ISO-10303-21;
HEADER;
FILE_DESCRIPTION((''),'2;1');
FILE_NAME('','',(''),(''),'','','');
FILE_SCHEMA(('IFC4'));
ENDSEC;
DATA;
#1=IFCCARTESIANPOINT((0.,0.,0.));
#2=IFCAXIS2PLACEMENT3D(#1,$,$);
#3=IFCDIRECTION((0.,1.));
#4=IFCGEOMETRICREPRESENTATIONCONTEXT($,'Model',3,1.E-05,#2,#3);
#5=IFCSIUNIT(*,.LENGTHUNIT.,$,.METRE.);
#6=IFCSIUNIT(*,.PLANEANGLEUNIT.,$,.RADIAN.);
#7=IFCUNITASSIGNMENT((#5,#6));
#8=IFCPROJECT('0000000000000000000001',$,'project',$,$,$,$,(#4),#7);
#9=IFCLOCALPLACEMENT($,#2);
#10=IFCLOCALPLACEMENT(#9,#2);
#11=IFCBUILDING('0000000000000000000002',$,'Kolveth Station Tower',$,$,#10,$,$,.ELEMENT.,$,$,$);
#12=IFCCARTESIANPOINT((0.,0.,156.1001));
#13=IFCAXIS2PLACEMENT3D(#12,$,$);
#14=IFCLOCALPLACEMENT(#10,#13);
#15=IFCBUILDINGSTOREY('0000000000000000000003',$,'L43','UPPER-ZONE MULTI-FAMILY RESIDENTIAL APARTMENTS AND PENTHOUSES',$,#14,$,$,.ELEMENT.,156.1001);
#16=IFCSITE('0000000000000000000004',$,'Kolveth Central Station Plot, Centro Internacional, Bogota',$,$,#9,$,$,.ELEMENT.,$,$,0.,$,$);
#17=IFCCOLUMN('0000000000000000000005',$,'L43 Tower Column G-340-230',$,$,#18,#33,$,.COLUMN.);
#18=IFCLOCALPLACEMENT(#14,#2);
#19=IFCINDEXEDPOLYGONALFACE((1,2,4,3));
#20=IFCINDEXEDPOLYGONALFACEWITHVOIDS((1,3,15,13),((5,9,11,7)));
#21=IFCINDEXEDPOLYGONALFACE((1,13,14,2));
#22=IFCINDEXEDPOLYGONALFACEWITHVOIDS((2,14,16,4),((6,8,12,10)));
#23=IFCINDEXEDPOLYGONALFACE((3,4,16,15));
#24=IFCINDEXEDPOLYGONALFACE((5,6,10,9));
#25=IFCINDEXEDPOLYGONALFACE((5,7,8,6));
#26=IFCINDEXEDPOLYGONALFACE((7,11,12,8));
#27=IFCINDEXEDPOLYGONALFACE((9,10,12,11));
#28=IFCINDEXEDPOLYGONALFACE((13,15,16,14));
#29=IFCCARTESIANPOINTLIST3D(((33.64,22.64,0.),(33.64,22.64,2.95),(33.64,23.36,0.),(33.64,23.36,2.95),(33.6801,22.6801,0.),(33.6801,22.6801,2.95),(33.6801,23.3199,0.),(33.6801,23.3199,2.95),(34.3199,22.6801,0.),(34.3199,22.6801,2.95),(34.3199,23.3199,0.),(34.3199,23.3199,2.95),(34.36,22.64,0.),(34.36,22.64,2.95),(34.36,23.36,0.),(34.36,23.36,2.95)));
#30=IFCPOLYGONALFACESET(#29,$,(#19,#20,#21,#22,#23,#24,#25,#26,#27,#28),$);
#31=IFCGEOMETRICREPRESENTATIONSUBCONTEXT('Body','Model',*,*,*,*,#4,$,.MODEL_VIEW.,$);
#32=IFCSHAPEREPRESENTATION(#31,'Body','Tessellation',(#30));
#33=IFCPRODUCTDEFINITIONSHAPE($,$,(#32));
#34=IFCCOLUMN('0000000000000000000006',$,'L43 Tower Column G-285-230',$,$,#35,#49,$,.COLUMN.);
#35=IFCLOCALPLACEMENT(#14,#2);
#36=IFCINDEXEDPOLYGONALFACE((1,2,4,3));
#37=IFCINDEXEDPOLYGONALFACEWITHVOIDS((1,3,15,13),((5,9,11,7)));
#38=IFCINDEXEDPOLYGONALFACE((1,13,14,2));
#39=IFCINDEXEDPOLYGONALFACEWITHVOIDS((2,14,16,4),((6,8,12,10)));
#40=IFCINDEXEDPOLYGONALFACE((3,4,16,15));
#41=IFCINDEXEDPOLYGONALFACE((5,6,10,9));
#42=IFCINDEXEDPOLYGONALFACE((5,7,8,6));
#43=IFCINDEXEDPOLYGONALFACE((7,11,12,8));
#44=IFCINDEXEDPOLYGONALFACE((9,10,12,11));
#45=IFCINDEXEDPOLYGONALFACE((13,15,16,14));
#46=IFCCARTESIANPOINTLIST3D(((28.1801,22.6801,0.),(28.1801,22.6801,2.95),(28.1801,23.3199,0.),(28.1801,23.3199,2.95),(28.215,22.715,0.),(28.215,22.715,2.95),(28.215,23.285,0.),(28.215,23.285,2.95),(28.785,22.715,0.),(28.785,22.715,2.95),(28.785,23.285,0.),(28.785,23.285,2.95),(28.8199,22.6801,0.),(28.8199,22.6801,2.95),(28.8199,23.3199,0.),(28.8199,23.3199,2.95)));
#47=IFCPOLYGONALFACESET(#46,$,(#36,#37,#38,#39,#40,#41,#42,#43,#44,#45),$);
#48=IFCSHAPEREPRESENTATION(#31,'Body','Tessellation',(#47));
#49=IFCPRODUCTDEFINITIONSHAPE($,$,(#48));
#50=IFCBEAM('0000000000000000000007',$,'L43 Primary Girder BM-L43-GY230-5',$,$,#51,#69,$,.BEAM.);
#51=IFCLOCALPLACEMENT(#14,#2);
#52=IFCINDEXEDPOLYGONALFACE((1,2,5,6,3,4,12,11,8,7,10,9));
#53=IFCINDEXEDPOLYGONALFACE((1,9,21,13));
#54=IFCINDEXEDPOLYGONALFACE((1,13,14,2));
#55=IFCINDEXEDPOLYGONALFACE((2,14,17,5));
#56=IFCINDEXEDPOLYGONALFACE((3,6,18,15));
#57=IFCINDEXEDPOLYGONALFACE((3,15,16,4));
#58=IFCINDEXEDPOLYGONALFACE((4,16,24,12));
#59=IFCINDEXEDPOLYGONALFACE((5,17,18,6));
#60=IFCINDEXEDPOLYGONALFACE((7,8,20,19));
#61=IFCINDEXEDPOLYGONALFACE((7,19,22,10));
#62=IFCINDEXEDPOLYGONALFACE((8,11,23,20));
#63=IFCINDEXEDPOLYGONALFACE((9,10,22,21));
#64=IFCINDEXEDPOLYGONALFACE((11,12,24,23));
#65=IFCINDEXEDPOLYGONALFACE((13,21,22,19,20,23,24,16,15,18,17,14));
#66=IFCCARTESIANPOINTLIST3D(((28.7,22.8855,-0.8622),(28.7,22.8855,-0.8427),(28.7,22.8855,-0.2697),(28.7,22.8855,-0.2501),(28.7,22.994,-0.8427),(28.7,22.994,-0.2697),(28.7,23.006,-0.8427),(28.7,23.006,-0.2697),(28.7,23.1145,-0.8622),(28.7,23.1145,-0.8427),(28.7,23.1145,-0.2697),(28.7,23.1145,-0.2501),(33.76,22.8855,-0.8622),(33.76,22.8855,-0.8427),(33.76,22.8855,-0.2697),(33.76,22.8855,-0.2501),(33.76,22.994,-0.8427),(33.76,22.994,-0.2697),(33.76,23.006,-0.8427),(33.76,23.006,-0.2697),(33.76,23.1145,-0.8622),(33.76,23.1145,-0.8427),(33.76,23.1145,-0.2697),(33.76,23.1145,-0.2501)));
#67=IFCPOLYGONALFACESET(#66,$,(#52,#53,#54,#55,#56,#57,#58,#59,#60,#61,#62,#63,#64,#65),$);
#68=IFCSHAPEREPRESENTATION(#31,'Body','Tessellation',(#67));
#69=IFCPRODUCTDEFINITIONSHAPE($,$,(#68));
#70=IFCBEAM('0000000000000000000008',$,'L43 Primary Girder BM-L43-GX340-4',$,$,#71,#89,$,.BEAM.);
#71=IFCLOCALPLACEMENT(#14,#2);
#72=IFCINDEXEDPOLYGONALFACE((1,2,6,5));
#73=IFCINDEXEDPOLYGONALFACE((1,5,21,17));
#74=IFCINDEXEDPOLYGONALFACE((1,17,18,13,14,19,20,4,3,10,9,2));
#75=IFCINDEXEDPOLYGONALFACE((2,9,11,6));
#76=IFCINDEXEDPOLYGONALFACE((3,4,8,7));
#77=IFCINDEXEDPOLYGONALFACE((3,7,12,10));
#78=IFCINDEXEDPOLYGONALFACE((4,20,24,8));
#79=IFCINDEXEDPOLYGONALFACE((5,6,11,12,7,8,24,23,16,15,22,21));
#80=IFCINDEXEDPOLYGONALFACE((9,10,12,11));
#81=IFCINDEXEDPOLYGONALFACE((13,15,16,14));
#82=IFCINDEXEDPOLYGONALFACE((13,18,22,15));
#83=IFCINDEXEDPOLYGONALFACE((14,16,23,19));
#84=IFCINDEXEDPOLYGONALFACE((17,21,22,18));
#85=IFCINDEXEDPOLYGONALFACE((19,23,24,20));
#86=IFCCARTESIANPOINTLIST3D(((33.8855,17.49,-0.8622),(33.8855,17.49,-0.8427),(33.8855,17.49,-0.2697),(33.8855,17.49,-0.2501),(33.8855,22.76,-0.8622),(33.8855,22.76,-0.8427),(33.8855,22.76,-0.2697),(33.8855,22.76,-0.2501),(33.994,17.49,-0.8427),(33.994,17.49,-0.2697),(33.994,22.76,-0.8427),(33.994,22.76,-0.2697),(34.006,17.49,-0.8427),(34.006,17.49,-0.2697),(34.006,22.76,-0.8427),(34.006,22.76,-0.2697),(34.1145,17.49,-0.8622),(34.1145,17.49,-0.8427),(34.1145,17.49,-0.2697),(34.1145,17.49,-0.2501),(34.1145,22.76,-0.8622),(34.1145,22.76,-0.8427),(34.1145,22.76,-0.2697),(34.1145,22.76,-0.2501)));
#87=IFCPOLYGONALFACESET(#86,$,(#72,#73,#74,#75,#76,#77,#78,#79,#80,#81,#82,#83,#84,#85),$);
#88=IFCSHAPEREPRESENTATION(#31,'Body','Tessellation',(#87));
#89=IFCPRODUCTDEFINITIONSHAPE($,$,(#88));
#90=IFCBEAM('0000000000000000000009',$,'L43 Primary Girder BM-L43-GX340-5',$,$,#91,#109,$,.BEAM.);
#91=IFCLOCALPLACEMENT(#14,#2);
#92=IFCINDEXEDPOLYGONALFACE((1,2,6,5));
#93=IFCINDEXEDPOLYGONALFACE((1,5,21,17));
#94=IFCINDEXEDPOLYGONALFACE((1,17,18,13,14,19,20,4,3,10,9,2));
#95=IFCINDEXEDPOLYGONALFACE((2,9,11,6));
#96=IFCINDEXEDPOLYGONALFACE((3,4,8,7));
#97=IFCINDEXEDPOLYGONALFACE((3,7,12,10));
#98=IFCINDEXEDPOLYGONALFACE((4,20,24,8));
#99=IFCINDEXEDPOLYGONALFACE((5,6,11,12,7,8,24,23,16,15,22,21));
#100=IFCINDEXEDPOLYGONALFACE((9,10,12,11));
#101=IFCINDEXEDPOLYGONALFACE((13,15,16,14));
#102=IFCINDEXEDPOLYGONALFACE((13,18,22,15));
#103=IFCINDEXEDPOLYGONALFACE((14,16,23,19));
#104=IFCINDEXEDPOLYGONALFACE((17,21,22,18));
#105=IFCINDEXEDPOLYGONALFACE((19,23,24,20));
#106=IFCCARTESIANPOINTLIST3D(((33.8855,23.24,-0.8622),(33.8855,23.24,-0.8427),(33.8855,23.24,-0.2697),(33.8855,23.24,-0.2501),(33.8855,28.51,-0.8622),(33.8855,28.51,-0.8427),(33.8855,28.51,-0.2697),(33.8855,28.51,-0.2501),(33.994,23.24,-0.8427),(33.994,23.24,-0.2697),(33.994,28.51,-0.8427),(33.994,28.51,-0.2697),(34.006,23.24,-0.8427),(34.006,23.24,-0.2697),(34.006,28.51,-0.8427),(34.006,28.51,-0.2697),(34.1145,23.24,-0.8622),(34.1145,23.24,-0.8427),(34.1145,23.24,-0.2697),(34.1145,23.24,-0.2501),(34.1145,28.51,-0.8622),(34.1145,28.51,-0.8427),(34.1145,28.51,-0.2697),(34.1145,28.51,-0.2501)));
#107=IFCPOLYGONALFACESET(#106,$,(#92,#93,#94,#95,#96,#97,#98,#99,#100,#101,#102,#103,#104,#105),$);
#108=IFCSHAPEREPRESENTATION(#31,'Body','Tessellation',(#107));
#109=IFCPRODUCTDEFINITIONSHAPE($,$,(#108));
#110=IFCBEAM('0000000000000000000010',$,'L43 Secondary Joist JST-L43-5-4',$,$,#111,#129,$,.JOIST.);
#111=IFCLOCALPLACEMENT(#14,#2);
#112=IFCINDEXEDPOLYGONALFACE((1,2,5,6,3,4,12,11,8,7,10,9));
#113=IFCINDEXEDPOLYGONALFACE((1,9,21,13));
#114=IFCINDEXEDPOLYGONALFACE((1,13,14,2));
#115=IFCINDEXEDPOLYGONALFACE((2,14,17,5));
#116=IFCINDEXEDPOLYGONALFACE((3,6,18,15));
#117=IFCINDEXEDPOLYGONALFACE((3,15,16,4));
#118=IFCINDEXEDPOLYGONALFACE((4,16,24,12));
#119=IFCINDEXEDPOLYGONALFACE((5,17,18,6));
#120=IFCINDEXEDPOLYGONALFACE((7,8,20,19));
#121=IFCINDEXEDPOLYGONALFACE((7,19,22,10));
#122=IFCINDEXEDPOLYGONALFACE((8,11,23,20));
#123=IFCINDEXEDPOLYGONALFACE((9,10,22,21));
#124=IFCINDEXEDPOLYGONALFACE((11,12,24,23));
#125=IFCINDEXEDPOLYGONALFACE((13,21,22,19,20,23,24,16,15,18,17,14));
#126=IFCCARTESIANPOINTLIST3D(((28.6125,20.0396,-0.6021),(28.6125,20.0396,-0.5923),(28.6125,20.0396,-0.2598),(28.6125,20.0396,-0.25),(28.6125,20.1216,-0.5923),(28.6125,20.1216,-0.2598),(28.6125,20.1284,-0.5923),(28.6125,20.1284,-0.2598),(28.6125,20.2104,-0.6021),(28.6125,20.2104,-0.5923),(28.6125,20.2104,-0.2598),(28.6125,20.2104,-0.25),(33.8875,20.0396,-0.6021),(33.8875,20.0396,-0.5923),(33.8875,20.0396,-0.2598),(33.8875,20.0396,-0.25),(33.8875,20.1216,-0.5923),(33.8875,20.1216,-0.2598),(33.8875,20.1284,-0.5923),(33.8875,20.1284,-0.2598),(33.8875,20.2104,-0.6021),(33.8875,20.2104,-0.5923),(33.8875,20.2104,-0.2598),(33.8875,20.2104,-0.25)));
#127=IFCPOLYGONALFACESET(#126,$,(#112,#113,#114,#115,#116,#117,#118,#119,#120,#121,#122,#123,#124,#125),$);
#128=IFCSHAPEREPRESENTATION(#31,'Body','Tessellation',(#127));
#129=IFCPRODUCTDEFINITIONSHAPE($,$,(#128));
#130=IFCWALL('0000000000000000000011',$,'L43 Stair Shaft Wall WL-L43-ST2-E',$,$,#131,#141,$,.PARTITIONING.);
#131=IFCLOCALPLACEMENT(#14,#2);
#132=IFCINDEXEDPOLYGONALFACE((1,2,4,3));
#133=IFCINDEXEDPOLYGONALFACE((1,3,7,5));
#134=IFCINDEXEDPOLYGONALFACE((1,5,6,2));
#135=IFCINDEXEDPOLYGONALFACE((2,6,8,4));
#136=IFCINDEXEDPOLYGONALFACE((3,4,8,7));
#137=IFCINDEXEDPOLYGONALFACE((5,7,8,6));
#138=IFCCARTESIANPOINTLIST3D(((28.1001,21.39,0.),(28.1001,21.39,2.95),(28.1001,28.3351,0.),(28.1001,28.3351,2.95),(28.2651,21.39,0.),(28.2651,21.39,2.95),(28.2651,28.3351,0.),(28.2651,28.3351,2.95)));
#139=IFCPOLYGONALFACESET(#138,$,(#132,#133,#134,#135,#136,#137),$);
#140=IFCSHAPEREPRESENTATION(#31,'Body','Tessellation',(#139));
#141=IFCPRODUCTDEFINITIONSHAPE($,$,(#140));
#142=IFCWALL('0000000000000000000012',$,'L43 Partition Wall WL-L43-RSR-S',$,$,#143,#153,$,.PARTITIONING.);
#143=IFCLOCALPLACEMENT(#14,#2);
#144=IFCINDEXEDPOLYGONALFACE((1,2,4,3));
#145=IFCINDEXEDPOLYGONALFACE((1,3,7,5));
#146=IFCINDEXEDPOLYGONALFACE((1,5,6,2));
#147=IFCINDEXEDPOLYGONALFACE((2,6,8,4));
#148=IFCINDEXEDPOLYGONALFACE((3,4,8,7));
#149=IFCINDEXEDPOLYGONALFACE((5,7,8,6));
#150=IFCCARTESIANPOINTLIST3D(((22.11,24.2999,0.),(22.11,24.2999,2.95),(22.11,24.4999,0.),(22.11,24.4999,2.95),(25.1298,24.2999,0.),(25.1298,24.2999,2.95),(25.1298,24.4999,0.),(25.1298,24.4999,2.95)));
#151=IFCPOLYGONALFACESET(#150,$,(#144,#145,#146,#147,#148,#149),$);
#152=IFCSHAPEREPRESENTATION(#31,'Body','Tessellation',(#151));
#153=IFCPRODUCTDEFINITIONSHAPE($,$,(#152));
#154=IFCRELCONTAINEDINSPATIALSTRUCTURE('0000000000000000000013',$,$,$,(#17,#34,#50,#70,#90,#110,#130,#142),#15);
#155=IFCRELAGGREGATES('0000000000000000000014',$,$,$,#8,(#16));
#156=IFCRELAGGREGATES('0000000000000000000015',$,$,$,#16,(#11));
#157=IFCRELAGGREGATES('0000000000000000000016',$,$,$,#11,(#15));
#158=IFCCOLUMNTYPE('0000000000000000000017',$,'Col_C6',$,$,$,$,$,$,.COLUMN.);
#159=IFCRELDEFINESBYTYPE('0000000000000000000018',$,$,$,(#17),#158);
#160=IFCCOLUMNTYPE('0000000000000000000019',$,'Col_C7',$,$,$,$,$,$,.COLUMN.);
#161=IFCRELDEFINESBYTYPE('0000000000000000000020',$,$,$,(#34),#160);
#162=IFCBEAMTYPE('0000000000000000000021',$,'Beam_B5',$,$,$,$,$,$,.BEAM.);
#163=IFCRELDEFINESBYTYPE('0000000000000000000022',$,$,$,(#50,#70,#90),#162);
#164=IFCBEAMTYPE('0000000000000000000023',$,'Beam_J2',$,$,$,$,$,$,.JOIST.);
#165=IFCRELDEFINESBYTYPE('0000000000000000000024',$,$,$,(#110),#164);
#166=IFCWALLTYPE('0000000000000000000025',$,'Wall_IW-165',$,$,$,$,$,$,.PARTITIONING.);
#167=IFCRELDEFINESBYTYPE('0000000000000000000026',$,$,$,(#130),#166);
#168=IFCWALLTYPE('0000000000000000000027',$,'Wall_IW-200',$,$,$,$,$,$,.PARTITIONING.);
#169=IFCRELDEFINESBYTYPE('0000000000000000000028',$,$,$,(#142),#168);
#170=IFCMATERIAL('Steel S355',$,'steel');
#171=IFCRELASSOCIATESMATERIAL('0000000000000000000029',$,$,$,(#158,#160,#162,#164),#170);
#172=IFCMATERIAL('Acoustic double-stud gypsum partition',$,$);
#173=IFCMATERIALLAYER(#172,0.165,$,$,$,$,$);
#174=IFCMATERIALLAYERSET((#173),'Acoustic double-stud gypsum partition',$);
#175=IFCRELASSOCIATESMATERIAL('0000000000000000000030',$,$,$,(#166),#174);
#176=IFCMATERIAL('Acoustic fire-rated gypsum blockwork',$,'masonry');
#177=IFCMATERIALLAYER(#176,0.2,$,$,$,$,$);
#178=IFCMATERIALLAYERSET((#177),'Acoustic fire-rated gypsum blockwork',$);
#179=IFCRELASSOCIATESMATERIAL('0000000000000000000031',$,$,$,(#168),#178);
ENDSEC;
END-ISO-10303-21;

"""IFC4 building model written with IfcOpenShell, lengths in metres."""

from ifc_helpers import new_model, si_unit, direction, frame, frame_2d, origin, origin_2d, place, context, subcontext, project, spatial, rectangle, hollow_rectangle, i_section, extrude, source, transform, mapped, material, layer, layer_set, material_profile, profile_set, type_object, element, save


model = new_model("IFC4")

# Units and contexts
model_context = context("Model", 3, precision=1e-05, world=origin(), true_north=direction((0.0, 1.0)))
body_context = subcontext(model_context, "Body", "Model", "MODEL_VIEW")
ifc_project = project(units=[si_unit("LENGTHUNIT", "METRE"), si_unit("PLANEANGLEUNIT", "RADIAN")], contexts=[model_context])

# Site, building, storey
site_placement = place(None, origin())
site = spatial("IfcSite", under=ifc_project, at=site_placement, Name="Kolveth Central Station Plot, Centro Internacional, Bogota", CompositionType="ELEMENT", RefElevation=0.0)
building_placement = place(site_placement, origin())
building = spatial("IfcBuilding", under=site, at=building_placement, Name="Kolveth Station Tower", CompositionType="ELEMENT")
storey_placement = place(building_placement, frame((0.0, 0.0, 156.1001)))
storey = spatial("IfcBuildingStorey", under=building, at=storey_placement, Name="L43", Description="UPPER-ZONE MULTI-FAMILY RESIDENTIAL APARTMENTS AND PENTHOUSES", CompositionType="ELEMENT", Elevation=156.1001)

# Columns
ifc_material_1 = material(Name="Steel S355", Category="steel")
ifc_material_profile_1 = material_profile(ifc_material_1, hollow_rectangle(XDim=0.72, YDim=0.72, WallThickness=0.04, at=origin_2d()), Name="BOX720x720x40")
ifc_profile_set_1 = profile_set([ifc_material_profile_1], Name="Steel S355")
column_type_1 = type_object("IfcColumnType", Name="Col_C6", PredefinedType="COLUMN", material=ifc_profile_set_1)
shared_shape_1 = source(origin(), body_context, "Body", "SweptSolid", [
    extrude(hollow_rectangle(XDim=0.72, YDim=0.72, WallThickness=0.04, at=origin_2d()), origin(), (0.0, 0.0, 1.0), 2.95),
])
column_1_placement = place(storey_placement, frame((34.0, 23.0, 0.0), z_axis=(0.0, 0.0, 1.0), x_axis=(1.0, 0.0, 0.0)))
element("IfcColumn", 1, at=column_1_placement, inside=storey, type_object=column_type_1, Name="L43 Tower Column G-340-230", PredefinedType="COLUMN", context=body_context, shape_type="MappedRepresentation", body=[
    mapped(shared_shape_1, transform((0.0, 0.0, 0.0), x_axis=(1.0, 0.0, 0.0), y_axis=(0.0, 1.0, 0.0), z_axis=(0.0, 0.0, 1.0), scale=1.0)),
])
ifc_material_profile_2 = material_profile(ifc_material_1, hollow_rectangle(XDim=0.6399, YDim=0.6399, WallThickness=0.0349, at=origin_2d()), Name="BOX640x640x35")
ifc_profile_set_2 = profile_set([ifc_material_profile_2], Name="Steel S355")
column_type_2 = type_object("IfcColumnType", Name="Col_C7", PredefinedType="COLUMN", material=ifc_profile_set_2)
shared_shape_2 = source(origin(), body_context, "Body", "SweptSolid", [
    extrude(hollow_rectangle(XDim=0.6399, YDim=0.6399, WallThickness=0.0349, at=origin_2d()), origin(), (0.0, 0.0, 1.0), 2.95),
])
column_2_placement = place(storey_placement, frame((28.5, 23.0, 0.0), z_axis=(0.0, 0.0, 1.0), x_axis=(1.0, 0.0, 0.0)))
element("IfcColumn", 2, at=column_2_placement, inside=storey, type_object=column_type_2, Name="L43 Tower Column G-285-230", PredefinedType="COLUMN", context=body_context, shape_type="MappedRepresentation", body=[
    mapped(shared_shape_2, transform((0.0, 0.0, 0.0), x_axis=(1.0, 0.0, 0.0), y_axis=(0.0, 1.0, 0.0), z_axis=(0.0, 0.0, 1.0), scale=1.0)),
])

# Beams
ifc_material_profile_3 = material_profile(ifc_material_1, i_section(OverallWidth=0.229, OverallDepth=0.6121, WebThickness=0.012, FlangeThickness=0.0195, at=origin_2d()), Name="W610x125")
ifc_profile_set_3 = profile_set([ifc_material_profile_3], Name="Steel S355")
beam_type_1 = type_object("IfcBeamType", Name="Beam_B5", PredefinedType="BEAM", material=ifc_profile_set_3)
shared_shape_3 = source(origin(), body_context, "Body", "SweptSolid", [
    extrude(i_section(OverallWidth=0.229, OverallDepth=0.6121, WebThickness=0.012, FlangeThickness=0.0195, at=origin_2d()), origin(), (0.0, 0.0, 1.0), 5.0601),
])
beam_1_placement = place(storey_placement, frame((28.7, 23.0, -0.5562), z_axis=(1.0, 0.0, 0.0), x_axis=(0.0, 1.0, 0.0)))
element("IfcBeam", 3, at=beam_1_placement, inside=storey, type_object=beam_type_1, Name="L43 Primary Girder BM-L43-GY230-5", PredefinedType="BEAM", context=body_context, shape_type="MappedRepresentation", body=[
    mapped(shared_shape_3, transform((0.0, 0.0, 0.0), x_axis=(1.0, 0.0, 0.0), y_axis=(0.0, 1.0, 0.0), z_axis=(0.0, 0.0, 1.0), scale=1.0)),
])
shared_shape_4 = source(origin(), body_context, "Body", "SweptSolid", [
    extrude(i_section(OverallWidth=0.229, OverallDepth=0.6121, WebThickness=0.012, FlangeThickness=0.0195, at=origin_2d()), origin(), (0.0, 0.0, 1.0), 5.27),
])
for number, where, z_axis, x_axis, name in (
    (4, (34.0, 17.49, -0.5562), (0.0, 1.0, 0.0), (-1.0, 0.0, 0.0), "L43 Primary Girder BM-L43-GX340-4"),
    (5, (34.0, 23.24, -0.5562), (0.0, 1.0, 0.0), (-1.0, 0.0, 0.0), "L43 Primary Girder BM-L43-GX340-5"),
):
    element("IfcBeam", number, at=place(storey_placement, frame(where, z_axis=z_axis, x_axis=x_axis)), inside=storey, type_object=beam_type_1, Name=name, PredefinedType="BEAM", context=body_context, shape_type="MappedRepresentation", body=[
        mapped(shared_shape_4, transform((0.0, 0.0, 0.0), x_axis=(1.0, 0.0, 0.0), y_axis=(0.0, 1.0, 0.0), z_axis=(0.0, 0.0, 1.0), scale=1.0)),
    ])
ifc_material_profile_4 = material_profile(ifc_material_1, i_section(OverallWidth=0.1709, OverallDepth=0.3521, WebThickness=0.0068, FlangeThickness=0.0098, at=origin_2d()), Name="W360x44")
ifc_profile_set_4 = profile_set([ifc_material_profile_4], Name="Steel S355")
beam_type_2 = type_object("IfcBeamType", Name="Beam_J2", PredefinedType="JOIST", material=ifc_profile_set_4)
shared_shape_5 = source(origin(), body_context, "Body", "SweptSolid", [
    extrude(i_section(OverallWidth=0.1709, OverallDepth=0.3521, WebThickness=0.0068, FlangeThickness=0.0098, at=origin_2d()), origin(), (0.0, 0.0, 1.0), 5.2749),
])
beam_2_placement = place(storey_placement, frame((28.6125, 20.125, -0.426), z_axis=(1.0, 0.0, 0.0), x_axis=(0.0, 1.0, 0.0)))
element("IfcBeam", 6, at=beam_2_placement, inside=storey, type_object=beam_type_2, Name="L43 Secondary Joist JST-L43-5-4", PredefinedType="JOIST", context=body_context, shape_type="MappedRepresentation", body=[
    mapped(shared_shape_5, transform((0.0, 0.0, 0.0), x_axis=(1.0, 0.0, 0.0), y_axis=(0.0, 1.0, 0.0), z_axis=(0.0, 0.0, 1.0), scale=1.0)),
])

# Walls
ifc_material_2 = material(Name="Acoustic double-stud gypsum partition")
ifc_layer_1 = layer(ifc_material_2, 0.165)
ifc_layer_set_1 = layer_set([ifc_layer_1], Name="Acoustic double-stud gypsum partition")
wall_type_1 = type_object("IfcWallType", Name="Wall_IW-165", PredefinedType="PARTITIONING", material=ifc_layer_set_1)
wall_1_placement = place(storey_placement, frame((28.1826, 21.3899, 0.0), z_axis=(0.0, 0.0, 1.0), x_axis=(0.0, 1.0, 0.0)))
element("IfcWall", 7, at=wall_1_placement, inside=storey, type_object=wall_type_1, Name="L43 Stair Shaft Wall WL-L43-ST2-E", PredefinedType="PARTITIONING", context=body_context, shape_type="SweptSolid", body=[
    extrude(rectangle(XDim=6.9451, YDim=0.165, at=frame_2d((3.4727, 0.0))), origin(), (0.0, 0.0, 1.0), 2.95),
])
ifc_material_3 = material(Name="Acoustic fire-rated gypsum blockwork", Category="masonry")
ifc_layer_2 = layer(ifc_material_3, 0.2)
ifc_layer_set_2 = layer_set([ifc_layer_2], Name="Acoustic fire-rated gypsum blockwork")
wall_type_2 = type_object("IfcWallType", Name="Wall_IW-200", PredefinedType="PARTITIONING", material=ifc_layer_set_2)
wall_2_placement = place(storey_placement, frame((22.1101, 24.3999, 0.0), z_axis=(0.0, 0.0, 1.0), x_axis=(1.0, 0.0, 0.0)))
element("IfcWall", 8, at=wall_2_placement, inside=storey, type_object=wall_type_2, Name="L43 Partition Wall WL-L43-RSR-S", PredefinedType="PARTITIONING", context=body_context, shape_type="SweptSolid", body=[
    extrude(rectangle(XDim=3.0198, YDim=0.2, at=frame_2d((1.5098, 0.0))), origin(), (0.0, 0.0, 1.0), 2.95),
])

save(model, "model.ifc")
